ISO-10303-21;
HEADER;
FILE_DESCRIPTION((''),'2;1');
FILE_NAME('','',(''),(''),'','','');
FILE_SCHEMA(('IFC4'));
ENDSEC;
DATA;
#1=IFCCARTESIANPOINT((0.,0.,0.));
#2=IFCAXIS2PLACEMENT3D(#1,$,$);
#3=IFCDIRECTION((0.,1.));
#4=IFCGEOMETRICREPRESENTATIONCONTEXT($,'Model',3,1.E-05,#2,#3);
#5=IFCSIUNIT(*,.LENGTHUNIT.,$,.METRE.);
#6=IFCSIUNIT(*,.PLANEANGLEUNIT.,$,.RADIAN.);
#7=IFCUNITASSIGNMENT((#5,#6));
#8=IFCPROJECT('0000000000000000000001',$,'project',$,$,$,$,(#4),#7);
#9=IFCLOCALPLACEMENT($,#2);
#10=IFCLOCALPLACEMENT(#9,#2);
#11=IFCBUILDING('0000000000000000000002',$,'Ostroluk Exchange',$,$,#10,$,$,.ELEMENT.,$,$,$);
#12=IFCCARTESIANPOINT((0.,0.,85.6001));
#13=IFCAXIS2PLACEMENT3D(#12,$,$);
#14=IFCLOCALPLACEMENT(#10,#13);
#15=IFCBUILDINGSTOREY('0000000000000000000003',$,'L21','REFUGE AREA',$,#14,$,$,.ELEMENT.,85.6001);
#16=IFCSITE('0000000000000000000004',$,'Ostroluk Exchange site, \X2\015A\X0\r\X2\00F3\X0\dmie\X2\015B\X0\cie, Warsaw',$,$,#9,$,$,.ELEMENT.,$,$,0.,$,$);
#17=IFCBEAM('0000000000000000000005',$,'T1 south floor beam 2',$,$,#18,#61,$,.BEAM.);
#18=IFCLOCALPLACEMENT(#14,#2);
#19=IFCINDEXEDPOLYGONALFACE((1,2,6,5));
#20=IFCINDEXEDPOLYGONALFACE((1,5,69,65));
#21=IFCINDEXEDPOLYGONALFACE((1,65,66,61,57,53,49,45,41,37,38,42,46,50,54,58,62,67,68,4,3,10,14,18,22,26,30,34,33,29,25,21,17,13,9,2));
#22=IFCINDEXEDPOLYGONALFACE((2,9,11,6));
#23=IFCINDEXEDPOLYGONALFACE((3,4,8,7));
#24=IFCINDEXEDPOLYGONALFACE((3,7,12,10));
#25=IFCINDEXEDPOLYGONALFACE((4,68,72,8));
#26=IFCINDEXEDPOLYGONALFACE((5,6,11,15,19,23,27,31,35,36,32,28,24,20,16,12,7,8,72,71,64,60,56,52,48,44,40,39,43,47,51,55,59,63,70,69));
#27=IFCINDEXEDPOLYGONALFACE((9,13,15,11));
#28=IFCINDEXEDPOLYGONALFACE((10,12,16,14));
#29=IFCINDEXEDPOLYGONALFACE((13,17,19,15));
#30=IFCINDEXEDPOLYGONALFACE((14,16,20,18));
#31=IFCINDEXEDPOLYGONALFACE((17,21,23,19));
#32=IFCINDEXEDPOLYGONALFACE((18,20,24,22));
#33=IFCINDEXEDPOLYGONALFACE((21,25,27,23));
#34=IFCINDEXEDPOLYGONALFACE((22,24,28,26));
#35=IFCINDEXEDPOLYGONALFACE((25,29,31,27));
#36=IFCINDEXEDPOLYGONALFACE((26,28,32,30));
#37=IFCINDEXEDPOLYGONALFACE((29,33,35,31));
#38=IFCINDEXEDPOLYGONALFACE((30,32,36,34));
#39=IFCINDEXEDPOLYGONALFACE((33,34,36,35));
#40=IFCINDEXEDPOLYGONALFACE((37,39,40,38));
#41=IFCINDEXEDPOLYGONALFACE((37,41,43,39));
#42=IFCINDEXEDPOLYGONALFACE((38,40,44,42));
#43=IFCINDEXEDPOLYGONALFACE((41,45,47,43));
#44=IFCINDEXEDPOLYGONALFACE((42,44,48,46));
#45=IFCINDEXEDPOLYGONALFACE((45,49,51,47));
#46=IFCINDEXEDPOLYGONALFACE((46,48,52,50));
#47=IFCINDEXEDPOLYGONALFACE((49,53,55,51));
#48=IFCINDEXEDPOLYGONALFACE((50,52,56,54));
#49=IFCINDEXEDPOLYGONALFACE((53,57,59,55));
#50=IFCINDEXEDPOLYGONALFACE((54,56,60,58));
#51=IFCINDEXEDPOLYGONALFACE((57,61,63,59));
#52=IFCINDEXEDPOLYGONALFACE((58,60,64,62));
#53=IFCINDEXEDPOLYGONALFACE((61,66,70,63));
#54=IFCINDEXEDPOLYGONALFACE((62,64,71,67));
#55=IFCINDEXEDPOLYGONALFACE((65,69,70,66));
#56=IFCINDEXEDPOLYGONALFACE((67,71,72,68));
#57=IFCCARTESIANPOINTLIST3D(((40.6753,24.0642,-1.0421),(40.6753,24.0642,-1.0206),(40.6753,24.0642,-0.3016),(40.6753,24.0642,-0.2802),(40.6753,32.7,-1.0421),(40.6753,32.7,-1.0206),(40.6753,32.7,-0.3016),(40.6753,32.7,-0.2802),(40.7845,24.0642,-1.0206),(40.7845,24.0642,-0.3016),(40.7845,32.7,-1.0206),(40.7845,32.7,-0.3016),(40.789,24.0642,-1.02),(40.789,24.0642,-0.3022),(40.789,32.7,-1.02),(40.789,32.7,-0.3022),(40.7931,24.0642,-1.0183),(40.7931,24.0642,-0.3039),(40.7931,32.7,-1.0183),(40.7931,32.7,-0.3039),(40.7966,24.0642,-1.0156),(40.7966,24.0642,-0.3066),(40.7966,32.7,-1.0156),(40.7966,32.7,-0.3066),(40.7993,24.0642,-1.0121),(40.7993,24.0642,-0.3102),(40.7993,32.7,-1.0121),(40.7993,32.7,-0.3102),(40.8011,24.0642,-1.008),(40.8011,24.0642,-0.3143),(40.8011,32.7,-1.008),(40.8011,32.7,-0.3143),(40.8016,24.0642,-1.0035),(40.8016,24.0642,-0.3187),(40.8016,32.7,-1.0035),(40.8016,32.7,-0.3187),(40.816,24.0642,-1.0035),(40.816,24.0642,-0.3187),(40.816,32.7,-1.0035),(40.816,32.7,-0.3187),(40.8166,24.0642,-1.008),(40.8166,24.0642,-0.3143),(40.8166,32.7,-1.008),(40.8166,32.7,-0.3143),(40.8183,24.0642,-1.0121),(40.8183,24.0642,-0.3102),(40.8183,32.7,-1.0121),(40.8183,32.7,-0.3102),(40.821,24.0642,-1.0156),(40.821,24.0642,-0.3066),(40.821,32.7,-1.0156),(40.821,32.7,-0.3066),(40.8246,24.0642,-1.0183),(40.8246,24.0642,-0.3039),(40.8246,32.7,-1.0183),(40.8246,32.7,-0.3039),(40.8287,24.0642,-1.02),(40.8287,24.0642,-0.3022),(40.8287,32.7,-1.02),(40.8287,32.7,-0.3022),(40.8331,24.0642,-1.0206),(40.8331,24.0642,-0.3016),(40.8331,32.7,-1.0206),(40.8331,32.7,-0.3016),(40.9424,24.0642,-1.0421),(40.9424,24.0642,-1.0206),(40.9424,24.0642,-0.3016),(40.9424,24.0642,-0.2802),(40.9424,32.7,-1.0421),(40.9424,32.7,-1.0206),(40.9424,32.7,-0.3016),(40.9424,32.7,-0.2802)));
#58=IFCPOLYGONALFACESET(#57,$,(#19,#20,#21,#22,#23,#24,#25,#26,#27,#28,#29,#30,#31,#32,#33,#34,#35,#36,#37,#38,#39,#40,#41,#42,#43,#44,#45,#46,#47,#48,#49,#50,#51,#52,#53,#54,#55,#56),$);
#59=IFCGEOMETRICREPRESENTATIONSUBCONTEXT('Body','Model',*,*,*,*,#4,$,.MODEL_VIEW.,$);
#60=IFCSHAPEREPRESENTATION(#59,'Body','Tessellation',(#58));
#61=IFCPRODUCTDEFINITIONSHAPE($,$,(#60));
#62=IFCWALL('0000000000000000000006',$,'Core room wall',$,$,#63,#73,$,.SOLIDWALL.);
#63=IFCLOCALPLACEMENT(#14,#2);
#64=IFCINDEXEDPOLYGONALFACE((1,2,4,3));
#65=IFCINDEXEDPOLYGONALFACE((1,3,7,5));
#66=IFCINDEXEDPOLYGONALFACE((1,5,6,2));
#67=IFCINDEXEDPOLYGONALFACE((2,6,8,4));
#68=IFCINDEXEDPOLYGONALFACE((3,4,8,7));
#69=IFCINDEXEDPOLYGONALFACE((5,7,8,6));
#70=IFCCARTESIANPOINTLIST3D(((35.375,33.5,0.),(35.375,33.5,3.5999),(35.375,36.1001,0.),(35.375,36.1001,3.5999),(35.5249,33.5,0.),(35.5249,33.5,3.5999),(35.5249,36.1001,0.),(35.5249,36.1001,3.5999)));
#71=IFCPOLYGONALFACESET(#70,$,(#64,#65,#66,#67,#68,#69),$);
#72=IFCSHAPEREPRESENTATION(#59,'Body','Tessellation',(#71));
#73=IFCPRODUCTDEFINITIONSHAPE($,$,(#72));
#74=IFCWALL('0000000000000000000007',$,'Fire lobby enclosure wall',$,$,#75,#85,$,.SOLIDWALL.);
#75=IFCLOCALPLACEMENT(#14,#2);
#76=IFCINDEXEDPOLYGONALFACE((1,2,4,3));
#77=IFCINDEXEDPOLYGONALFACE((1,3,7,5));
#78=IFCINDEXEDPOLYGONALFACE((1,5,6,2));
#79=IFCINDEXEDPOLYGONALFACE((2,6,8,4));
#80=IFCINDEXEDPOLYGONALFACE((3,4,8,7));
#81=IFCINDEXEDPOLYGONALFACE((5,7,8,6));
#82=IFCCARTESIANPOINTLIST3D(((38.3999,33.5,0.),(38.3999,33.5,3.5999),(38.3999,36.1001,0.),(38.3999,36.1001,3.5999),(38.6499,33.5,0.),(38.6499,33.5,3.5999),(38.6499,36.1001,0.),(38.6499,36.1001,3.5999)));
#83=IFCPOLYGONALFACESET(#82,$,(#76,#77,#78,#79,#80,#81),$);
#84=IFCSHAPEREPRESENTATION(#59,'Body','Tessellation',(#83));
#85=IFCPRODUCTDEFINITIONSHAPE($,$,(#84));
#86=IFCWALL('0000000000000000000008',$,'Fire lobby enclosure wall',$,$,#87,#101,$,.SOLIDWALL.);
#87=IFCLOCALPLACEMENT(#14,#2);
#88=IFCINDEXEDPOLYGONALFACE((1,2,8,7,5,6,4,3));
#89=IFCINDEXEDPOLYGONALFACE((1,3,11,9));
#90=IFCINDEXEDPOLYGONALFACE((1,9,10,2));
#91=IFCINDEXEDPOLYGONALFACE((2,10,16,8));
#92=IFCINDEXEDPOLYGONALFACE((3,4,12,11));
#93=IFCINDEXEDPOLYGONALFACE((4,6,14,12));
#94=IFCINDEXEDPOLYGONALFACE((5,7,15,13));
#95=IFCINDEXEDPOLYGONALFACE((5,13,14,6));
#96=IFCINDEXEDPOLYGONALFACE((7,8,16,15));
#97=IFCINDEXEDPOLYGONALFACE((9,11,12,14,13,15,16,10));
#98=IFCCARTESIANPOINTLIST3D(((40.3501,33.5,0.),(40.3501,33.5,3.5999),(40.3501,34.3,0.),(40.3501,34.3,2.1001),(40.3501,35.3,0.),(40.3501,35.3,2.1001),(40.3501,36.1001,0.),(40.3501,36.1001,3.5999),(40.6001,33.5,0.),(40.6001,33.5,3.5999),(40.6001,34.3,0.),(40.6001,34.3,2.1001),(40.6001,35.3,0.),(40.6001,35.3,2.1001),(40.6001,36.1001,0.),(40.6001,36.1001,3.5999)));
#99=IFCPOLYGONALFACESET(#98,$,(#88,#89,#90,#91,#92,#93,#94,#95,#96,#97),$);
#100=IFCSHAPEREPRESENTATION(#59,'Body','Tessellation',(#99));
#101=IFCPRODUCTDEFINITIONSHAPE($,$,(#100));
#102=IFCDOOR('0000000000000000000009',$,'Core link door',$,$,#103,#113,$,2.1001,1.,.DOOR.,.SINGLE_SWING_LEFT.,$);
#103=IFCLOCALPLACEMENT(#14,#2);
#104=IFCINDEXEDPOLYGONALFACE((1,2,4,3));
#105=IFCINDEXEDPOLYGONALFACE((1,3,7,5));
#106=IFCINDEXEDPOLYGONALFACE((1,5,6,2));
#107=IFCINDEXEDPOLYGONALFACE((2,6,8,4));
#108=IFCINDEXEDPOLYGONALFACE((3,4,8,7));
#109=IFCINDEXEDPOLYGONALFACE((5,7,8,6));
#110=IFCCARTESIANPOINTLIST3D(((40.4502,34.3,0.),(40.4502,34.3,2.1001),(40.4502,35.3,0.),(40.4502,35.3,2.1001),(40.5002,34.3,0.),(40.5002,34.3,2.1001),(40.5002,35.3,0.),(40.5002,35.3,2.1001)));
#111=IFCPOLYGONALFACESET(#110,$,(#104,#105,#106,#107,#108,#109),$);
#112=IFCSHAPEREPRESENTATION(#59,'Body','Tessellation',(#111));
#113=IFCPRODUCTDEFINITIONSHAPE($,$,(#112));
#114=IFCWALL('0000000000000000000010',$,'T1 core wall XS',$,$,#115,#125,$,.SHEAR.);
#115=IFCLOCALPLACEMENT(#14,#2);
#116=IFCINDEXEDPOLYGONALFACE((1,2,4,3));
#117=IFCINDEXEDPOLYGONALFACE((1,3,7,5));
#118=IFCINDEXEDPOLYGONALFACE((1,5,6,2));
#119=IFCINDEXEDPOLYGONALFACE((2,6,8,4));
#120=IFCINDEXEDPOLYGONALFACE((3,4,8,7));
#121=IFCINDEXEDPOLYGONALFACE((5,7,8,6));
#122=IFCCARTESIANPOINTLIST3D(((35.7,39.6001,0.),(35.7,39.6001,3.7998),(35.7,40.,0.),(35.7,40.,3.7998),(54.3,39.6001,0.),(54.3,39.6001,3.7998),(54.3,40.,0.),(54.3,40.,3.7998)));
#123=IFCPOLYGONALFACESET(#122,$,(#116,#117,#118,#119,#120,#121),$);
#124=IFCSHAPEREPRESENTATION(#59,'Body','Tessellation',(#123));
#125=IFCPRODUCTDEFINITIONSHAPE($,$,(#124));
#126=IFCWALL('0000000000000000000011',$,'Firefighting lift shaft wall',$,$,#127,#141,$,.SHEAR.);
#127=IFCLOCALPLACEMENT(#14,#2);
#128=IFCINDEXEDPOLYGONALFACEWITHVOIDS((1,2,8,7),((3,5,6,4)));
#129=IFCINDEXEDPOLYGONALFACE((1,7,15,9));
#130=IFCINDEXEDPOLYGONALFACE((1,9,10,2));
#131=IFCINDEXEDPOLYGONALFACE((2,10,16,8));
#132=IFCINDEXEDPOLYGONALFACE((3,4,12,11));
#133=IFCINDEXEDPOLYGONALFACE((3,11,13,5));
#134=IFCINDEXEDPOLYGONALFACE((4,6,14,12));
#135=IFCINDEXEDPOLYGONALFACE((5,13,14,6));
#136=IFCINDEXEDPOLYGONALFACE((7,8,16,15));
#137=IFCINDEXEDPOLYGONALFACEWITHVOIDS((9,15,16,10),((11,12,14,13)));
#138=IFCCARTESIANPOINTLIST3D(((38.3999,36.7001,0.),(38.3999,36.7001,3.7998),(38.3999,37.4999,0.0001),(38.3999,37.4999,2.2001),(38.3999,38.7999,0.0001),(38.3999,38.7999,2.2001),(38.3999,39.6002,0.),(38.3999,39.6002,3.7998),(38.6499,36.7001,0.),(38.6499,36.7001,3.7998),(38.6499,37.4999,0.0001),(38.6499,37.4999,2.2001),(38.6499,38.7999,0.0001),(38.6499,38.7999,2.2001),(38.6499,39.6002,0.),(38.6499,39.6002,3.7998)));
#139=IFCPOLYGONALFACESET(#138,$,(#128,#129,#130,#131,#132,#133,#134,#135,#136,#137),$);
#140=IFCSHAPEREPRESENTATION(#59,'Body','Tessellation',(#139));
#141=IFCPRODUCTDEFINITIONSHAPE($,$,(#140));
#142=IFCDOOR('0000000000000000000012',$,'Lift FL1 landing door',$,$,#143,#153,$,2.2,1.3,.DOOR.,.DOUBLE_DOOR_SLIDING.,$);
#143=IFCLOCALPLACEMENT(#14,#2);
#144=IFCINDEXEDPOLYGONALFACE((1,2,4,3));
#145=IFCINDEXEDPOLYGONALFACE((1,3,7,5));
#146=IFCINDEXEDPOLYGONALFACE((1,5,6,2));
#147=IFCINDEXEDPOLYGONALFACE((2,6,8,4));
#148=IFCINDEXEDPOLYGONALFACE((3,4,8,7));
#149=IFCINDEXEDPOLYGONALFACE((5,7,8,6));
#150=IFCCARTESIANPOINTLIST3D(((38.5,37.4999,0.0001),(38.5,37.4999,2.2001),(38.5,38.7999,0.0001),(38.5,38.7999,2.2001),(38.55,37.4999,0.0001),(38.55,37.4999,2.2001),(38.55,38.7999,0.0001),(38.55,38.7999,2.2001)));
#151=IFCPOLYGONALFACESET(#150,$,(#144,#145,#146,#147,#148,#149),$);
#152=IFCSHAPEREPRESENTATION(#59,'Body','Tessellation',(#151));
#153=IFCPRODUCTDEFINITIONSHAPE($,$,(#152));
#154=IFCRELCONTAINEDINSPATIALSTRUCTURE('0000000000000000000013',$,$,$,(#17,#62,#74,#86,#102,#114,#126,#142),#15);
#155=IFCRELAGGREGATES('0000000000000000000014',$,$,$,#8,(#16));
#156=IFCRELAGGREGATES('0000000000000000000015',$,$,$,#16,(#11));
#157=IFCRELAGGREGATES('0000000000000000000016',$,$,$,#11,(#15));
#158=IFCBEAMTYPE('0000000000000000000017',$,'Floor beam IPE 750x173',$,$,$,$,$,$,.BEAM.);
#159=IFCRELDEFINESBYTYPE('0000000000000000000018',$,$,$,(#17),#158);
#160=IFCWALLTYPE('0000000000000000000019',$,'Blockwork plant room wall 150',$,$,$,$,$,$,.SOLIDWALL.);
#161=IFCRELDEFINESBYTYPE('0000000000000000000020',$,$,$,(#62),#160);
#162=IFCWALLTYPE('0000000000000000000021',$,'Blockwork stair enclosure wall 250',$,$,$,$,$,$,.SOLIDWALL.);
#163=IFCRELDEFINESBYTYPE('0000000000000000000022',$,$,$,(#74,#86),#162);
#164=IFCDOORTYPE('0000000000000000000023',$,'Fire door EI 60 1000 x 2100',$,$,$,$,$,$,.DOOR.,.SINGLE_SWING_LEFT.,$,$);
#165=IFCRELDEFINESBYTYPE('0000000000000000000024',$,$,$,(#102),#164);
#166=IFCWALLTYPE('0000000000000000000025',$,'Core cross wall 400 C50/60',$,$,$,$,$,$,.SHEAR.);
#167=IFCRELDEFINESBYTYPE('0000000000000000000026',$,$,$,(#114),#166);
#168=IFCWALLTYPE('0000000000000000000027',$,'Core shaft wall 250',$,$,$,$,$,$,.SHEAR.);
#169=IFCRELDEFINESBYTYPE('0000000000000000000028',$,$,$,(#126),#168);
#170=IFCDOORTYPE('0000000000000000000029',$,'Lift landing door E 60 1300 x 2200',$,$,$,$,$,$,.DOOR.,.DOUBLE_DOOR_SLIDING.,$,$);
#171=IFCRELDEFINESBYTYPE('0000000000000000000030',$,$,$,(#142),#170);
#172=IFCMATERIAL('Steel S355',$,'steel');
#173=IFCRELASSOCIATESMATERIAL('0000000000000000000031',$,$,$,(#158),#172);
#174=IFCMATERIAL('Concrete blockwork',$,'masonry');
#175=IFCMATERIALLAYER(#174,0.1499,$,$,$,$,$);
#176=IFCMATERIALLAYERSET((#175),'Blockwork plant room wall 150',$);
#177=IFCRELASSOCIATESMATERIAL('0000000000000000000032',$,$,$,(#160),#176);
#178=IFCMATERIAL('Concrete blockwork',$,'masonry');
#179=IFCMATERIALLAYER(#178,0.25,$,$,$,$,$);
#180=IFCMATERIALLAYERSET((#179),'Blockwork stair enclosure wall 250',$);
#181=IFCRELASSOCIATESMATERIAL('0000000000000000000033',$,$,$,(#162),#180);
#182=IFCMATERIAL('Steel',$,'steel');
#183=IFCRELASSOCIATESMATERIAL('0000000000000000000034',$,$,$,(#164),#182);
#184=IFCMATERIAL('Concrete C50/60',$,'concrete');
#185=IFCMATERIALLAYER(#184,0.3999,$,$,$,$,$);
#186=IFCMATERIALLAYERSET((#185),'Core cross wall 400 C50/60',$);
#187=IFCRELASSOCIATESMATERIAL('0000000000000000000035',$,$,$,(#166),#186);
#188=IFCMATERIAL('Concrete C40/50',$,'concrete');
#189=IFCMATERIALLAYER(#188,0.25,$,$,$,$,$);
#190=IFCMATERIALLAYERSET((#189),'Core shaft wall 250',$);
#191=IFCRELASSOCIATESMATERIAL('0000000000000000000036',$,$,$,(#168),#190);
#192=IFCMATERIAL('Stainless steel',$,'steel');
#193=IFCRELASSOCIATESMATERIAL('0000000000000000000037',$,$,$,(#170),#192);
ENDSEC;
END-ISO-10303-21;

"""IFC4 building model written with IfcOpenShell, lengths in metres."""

from ifc_helpers import new_model, si_unit, direction, frame, frame_2d, origin, origin_2d, place, context, subcontext, project, spatial, rectangle, i_section, extrude, material, layer, layer_set, material_profile, profile_set, type_object, element, fill, save


model = new_model("IFC4")

# Units and contexts
model_context = context("Model", 3, precision=1e-05, world=origin(), true_north=direction((0.0, 1.0)))
body_context = subcontext(model_context, "Body", "Model", "MODEL_VIEW")
ifc_project = project(units=[si_unit("LENGTHUNIT", "METRE"), si_unit("PLANEANGLEUNIT", "RADIAN")], contexts=[model_context])

# Site, building, storey
site_placement = place(None, origin())
site = spatial("IfcSite", under=ifc_project, at=site_placement, Name="Ostroluk Exchange site, Śródmieście, Warsaw", CompositionType="ELEMENT", RefElevation=0.0)
building_placement = place(site_placement, origin())
building = spatial("IfcBuilding", under=site, at=building_placement, Name="Ostroluk Exchange", CompositionType="ELEMENT")
storey_placement = place(building_placement, frame((0.0, 0.0, 85.6001)))
storey = spatial("IfcBuildingStorey", under=building, at=storey_placement, Name="L21", Description="REFUGE AREA", CompositionType="ELEMENT", Elevation=85.6001)

# Beam
ifc_material_1 = material(Name="Steel S355", Category="steel")
ifc_material_profile_1 = material_profile(ifc_material_1, i_section(OverallWidth=0.2671, OverallDepth=0.762, WebThickness=0.0144, FlangeThickness=0.0215, FilletRadius=0.0171, at=origin_2d()), Name="IPE 750x173")
ifc_profile_set_1 = profile_set([ifc_material_profile_1], Name="Steel S355")
beam_type = type_object("IfcBeamType", Name="Floor beam IPE 750x173", PredefinedType="BEAM", material=ifc_profile_set_1)
for number, where, z_axis, x_axis, name in (
    (1, (40.8088, 32.7, -0.6611), (0.0, -1.0, 0.0), (1.0, 0.0, 0.0), "T1 south floor beam 2"),
):
    element("IfcBeam", number, at=place(storey_placement, frame(where, z_axis=z_axis, x_axis=x_axis)), inside=storey, type_object=beam_type, Name=name, PredefinedType="BEAM", context=body_context, shape_type="SweptSolid", body=[
        extrude(i_section(OverallWidth=0.2671, OverallDepth=0.762, WebThickness=0.0144, FlangeThickness=0.0215, FilletRadius=0.0171, at=origin_2d()), origin(), (0.0, 0.0, 1.0), 8.6357),
    ])

# Walls
ifc_material_2 = material(Name="Concrete blockwork", Category="masonry")
ifc_layer_1 = layer(ifc_material_2, 0.1499)
ifc_layer_set_1 = layer_set([ifc_layer_1], Name="Blockwork plant room wall 150")
wall_type_1 = type_object("IfcWallType", Name="Blockwork plant room wall 150", PredefinedType="SOLIDWALL", material=ifc_layer_set_1)
wall_1_placement = place(storey_placement, frame((35.45, 33.5, 0.0), z_axis=(0.0, 0.0, 1.0), x_axis=(0.0, 1.0, 0.0)))
element("IfcWall", 2, at=wall_1_placement, inside=storey, type_object=wall_type_1, Name="Core room wall", PredefinedType="SOLIDWALL", context=body_context, shape_type="SweptSolid", body=[
    extrude(rectangle(XDim=2.6001, YDim=0.1499, at=frame_2d((1.3, 0.0))), origin(), (0.0, 0.0, 1.0), 3.5999),
])
ifc_material_3 = material(Name="Concrete blockwork", Category="masonry")
ifc_layer_2 = layer(ifc_material_3, 0.25)
ifc_layer_set_2 = layer_set([ifc_layer_2], Name="Blockwork stair enclosure wall 250")
wall_type_2 = type_object("IfcWallType", Name="Blockwork stair enclosure wall 250", PredefinedType="SOLIDWALL", material=ifc_layer_set_2)
wall_2_placement = place(storey_placement, frame((38.5249, 33.5, 0.0), z_axis=(0.0, 0.0, 1.0), x_axis=(0.0, 1.0, 0.0)))
element("IfcWall", 3, at=wall_2_placement, inside=storey, type_object=wall_type_2, Name="Fire lobby enclosure wall", PredefinedType="SOLIDWALL", context=body_context, shape_type="SweptSolid", body=[
    extrude(rectangle(XDim=2.6001, YDim=0.25, at=frame_2d((1.3, 0.0))), origin(), (0.0, 0.0, 1.0), 3.5999),
])

# Wall, opening, door
wall_3_placement = place(storey_placement, frame((40.4751, 33.5, 0.0), z_axis=(0.0, 0.0, 1.0), x_axis=(0.0, 1.0, 0.0)))
wall_3 = element("IfcWall", 4, at=wall_3_placement, inside=storey, type_object=wall_type_2, Name="Fire lobby enclosure wall", PredefinedType="SOLIDWALL", context=body_context, shape_type="SweptSolid", body=[
    extrude(rectangle(XDim=2.6001, YDim=0.25, at=frame_2d((1.3, 0.0))), origin(), (0.0, 0.0, 1.0), 3.5999),
])
opening_1_placement = place(wall_3_placement, frame((0.8, 0.0, 0.0)))
opening_1 = element("IfcOpeningElement", 5, at=opening_1_placement, cuts=wall_3, PredefinedType="OPENING", context=body_context, shape_type="SweptSolid", body=[
    extrude(rectangle(XDim=1.0, YDim=2.1001, at=frame_2d((0.5, 1.05))), frame((0.0, 0.135, 0.0), z_axis=(0.0, -1.0, 0.0), x_axis=(1.0, 0.0, 0.0)), (0.0, 0.0, 1.0), 0.27),
])
ifc_material_4 = material(Name="Steel", Category="steel")
door_type_1 = type_object("IfcDoorType", Name="Fire door EI 60 1000 x 2100", OperationType="SINGLE_SWING_LEFT", PredefinedType="DOOR", material=ifc_material_4)
door_1_placement = place(opening_1_placement, origin())
door_1 = element("IfcDoor", 6, at=door_1_placement, inside=storey, type_object=door_type_1, Name="Core link door", OperationType="SINGLE_SWING_LEFT", OverallHeight=2.1001, OverallWidth=1.0, PredefinedType="DOOR", context=body_context, shape_type="SweptSolid", body=[
    extrude(rectangle(XDim=1.0, YDim=2.1001, at=frame_2d((0.5, 1.05))), frame((0.0, 0.0249, 0.0), z_axis=(0.0, -1.0, 0.0), x_axis=(1.0, 0.0, 0.0)), (0.0, 0.0, 1.0), 0.05),
])
fill(opening_1, door_1)

# Wall
ifc_material_5 = material(Name="Concrete C50/60", Category="concrete")
ifc_layer_3 = layer(ifc_material_5, 0.3999)
ifc_layer_set_3 = layer_set([ifc_layer_3], Name="Core cross wall 400 C50/60")
wall_type_3 = type_object("IfcWallType", Name="Core cross wall 400 C50/60", PredefinedType="SHEAR", material=ifc_layer_set_3)
wall_4_placement = place(storey_placement, frame((35.7, 39.8, 0.0), z_axis=(0.0, 0.0, 1.0), x_axis=(1.0, 0.0, 0.0)))
element("IfcWall", 7, at=wall_4_placement, inside=storey, type_object=wall_type_3, Name="T1 core wall XS", PredefinedType="SHEAR", context=body_context, shape_type="SweptSolid", body=[
    extrude(rectangle(XDim=18.6001, YDim=0.3999, at=frame_2d((9.3, 0.0))), origin(), (0.0, 0.0, 1.0), 3.7998),
])

# Wall, opening, door
ifc_material_6 = material(Name="Concrete C40/50", Category="concrete")
ifc_layer_4 = layer(ifc_material_6, 0.25)
ifc_layer_set_4 = layer_set([ifc_layer_4], Name="Core shaft wall 250")
wall_type_4 = type_object("IfcWallType", Name="Core shaft wall 250", PredefinedType="SHEAR", material=ifc_layer_set_4)
wall_5_placement = place(storey_placement, frame((38.5249, 36.7, 0.0), z_axis=(0.0, 0.0, 1.0), x_axis=(0.0, 1.0, 0.0)))
wall_5 = element("IfcWall", 8, at=wall_5_placement, inside=storey, type_object=wall_type_4, Name="Firefighting lift shaft wall", PredefinedType="SHEAR", context=body_context, shape_type="SweptSolid", body=[
    extrude(rectangle(XDim=2.9001, YDim=0.25, at=frame_2d((1.4502, 0.0))), origin(), (0.0, 0.0, 1.0), 3.7998),
])
opening_2_placement = place(wall_5_placement, frame((0.8, 0.0, 0.0)))
opening_2 = element("IfcOpeningElement", 9, at=opening_2_placement, cuts=wall_5, PredefinedType="OPENING", context=body_context, shape_type="SweptSolid", body=[
    extrude(rectangle(XDim=1.3, YDim=2.2, at=frame_2d((0.6499, 1.1001))), frame((0.0, 0.135, 0.0), z_axis=(0.0, -1.0, 0.0), x_axis=(1.0, 0.0, 0.0)), (0.0, 0.0, 1.0), 0.27),
])
ifc_material_7 = material(Name="Stainless steel", Category="steel")
door_type_2 = type_object("IfcDoorType", Name="Lift landing door E 60 1300 x 2200", OperationType="DOUBLE_DOOR_SLIDING", PredefinedType="DOOR", material=ifc_material_7)
door_2_placement = place(opening_2_placement, origin())
door_2 = element("IfcDoor", 10, at=door_2_placement, inside=storey, type_object=door_type_2, Name="Lift FL1 landing door", OperationType="DOUBLE_DOOR_SLIDING", OverallHeight=2.2, OverallWidth=1.3, PredefinedType="DOOR", context=body_context, shape_type="SweptSolid", body=[
    extrude(rectangle(XDim=1.3, YDim=2.2, at=frame_2d((0.6499, 1.1001))), frame((0.0, 0.0249, 0.0), z_axis=(0.0, -1.0, 0.0), x_axis=(1.0, 0.0, 0.0)), (0.0, 0.0, 1.0), 0.05),
])
fill(opening_2, door_2)

save(model, "model.ifc")
